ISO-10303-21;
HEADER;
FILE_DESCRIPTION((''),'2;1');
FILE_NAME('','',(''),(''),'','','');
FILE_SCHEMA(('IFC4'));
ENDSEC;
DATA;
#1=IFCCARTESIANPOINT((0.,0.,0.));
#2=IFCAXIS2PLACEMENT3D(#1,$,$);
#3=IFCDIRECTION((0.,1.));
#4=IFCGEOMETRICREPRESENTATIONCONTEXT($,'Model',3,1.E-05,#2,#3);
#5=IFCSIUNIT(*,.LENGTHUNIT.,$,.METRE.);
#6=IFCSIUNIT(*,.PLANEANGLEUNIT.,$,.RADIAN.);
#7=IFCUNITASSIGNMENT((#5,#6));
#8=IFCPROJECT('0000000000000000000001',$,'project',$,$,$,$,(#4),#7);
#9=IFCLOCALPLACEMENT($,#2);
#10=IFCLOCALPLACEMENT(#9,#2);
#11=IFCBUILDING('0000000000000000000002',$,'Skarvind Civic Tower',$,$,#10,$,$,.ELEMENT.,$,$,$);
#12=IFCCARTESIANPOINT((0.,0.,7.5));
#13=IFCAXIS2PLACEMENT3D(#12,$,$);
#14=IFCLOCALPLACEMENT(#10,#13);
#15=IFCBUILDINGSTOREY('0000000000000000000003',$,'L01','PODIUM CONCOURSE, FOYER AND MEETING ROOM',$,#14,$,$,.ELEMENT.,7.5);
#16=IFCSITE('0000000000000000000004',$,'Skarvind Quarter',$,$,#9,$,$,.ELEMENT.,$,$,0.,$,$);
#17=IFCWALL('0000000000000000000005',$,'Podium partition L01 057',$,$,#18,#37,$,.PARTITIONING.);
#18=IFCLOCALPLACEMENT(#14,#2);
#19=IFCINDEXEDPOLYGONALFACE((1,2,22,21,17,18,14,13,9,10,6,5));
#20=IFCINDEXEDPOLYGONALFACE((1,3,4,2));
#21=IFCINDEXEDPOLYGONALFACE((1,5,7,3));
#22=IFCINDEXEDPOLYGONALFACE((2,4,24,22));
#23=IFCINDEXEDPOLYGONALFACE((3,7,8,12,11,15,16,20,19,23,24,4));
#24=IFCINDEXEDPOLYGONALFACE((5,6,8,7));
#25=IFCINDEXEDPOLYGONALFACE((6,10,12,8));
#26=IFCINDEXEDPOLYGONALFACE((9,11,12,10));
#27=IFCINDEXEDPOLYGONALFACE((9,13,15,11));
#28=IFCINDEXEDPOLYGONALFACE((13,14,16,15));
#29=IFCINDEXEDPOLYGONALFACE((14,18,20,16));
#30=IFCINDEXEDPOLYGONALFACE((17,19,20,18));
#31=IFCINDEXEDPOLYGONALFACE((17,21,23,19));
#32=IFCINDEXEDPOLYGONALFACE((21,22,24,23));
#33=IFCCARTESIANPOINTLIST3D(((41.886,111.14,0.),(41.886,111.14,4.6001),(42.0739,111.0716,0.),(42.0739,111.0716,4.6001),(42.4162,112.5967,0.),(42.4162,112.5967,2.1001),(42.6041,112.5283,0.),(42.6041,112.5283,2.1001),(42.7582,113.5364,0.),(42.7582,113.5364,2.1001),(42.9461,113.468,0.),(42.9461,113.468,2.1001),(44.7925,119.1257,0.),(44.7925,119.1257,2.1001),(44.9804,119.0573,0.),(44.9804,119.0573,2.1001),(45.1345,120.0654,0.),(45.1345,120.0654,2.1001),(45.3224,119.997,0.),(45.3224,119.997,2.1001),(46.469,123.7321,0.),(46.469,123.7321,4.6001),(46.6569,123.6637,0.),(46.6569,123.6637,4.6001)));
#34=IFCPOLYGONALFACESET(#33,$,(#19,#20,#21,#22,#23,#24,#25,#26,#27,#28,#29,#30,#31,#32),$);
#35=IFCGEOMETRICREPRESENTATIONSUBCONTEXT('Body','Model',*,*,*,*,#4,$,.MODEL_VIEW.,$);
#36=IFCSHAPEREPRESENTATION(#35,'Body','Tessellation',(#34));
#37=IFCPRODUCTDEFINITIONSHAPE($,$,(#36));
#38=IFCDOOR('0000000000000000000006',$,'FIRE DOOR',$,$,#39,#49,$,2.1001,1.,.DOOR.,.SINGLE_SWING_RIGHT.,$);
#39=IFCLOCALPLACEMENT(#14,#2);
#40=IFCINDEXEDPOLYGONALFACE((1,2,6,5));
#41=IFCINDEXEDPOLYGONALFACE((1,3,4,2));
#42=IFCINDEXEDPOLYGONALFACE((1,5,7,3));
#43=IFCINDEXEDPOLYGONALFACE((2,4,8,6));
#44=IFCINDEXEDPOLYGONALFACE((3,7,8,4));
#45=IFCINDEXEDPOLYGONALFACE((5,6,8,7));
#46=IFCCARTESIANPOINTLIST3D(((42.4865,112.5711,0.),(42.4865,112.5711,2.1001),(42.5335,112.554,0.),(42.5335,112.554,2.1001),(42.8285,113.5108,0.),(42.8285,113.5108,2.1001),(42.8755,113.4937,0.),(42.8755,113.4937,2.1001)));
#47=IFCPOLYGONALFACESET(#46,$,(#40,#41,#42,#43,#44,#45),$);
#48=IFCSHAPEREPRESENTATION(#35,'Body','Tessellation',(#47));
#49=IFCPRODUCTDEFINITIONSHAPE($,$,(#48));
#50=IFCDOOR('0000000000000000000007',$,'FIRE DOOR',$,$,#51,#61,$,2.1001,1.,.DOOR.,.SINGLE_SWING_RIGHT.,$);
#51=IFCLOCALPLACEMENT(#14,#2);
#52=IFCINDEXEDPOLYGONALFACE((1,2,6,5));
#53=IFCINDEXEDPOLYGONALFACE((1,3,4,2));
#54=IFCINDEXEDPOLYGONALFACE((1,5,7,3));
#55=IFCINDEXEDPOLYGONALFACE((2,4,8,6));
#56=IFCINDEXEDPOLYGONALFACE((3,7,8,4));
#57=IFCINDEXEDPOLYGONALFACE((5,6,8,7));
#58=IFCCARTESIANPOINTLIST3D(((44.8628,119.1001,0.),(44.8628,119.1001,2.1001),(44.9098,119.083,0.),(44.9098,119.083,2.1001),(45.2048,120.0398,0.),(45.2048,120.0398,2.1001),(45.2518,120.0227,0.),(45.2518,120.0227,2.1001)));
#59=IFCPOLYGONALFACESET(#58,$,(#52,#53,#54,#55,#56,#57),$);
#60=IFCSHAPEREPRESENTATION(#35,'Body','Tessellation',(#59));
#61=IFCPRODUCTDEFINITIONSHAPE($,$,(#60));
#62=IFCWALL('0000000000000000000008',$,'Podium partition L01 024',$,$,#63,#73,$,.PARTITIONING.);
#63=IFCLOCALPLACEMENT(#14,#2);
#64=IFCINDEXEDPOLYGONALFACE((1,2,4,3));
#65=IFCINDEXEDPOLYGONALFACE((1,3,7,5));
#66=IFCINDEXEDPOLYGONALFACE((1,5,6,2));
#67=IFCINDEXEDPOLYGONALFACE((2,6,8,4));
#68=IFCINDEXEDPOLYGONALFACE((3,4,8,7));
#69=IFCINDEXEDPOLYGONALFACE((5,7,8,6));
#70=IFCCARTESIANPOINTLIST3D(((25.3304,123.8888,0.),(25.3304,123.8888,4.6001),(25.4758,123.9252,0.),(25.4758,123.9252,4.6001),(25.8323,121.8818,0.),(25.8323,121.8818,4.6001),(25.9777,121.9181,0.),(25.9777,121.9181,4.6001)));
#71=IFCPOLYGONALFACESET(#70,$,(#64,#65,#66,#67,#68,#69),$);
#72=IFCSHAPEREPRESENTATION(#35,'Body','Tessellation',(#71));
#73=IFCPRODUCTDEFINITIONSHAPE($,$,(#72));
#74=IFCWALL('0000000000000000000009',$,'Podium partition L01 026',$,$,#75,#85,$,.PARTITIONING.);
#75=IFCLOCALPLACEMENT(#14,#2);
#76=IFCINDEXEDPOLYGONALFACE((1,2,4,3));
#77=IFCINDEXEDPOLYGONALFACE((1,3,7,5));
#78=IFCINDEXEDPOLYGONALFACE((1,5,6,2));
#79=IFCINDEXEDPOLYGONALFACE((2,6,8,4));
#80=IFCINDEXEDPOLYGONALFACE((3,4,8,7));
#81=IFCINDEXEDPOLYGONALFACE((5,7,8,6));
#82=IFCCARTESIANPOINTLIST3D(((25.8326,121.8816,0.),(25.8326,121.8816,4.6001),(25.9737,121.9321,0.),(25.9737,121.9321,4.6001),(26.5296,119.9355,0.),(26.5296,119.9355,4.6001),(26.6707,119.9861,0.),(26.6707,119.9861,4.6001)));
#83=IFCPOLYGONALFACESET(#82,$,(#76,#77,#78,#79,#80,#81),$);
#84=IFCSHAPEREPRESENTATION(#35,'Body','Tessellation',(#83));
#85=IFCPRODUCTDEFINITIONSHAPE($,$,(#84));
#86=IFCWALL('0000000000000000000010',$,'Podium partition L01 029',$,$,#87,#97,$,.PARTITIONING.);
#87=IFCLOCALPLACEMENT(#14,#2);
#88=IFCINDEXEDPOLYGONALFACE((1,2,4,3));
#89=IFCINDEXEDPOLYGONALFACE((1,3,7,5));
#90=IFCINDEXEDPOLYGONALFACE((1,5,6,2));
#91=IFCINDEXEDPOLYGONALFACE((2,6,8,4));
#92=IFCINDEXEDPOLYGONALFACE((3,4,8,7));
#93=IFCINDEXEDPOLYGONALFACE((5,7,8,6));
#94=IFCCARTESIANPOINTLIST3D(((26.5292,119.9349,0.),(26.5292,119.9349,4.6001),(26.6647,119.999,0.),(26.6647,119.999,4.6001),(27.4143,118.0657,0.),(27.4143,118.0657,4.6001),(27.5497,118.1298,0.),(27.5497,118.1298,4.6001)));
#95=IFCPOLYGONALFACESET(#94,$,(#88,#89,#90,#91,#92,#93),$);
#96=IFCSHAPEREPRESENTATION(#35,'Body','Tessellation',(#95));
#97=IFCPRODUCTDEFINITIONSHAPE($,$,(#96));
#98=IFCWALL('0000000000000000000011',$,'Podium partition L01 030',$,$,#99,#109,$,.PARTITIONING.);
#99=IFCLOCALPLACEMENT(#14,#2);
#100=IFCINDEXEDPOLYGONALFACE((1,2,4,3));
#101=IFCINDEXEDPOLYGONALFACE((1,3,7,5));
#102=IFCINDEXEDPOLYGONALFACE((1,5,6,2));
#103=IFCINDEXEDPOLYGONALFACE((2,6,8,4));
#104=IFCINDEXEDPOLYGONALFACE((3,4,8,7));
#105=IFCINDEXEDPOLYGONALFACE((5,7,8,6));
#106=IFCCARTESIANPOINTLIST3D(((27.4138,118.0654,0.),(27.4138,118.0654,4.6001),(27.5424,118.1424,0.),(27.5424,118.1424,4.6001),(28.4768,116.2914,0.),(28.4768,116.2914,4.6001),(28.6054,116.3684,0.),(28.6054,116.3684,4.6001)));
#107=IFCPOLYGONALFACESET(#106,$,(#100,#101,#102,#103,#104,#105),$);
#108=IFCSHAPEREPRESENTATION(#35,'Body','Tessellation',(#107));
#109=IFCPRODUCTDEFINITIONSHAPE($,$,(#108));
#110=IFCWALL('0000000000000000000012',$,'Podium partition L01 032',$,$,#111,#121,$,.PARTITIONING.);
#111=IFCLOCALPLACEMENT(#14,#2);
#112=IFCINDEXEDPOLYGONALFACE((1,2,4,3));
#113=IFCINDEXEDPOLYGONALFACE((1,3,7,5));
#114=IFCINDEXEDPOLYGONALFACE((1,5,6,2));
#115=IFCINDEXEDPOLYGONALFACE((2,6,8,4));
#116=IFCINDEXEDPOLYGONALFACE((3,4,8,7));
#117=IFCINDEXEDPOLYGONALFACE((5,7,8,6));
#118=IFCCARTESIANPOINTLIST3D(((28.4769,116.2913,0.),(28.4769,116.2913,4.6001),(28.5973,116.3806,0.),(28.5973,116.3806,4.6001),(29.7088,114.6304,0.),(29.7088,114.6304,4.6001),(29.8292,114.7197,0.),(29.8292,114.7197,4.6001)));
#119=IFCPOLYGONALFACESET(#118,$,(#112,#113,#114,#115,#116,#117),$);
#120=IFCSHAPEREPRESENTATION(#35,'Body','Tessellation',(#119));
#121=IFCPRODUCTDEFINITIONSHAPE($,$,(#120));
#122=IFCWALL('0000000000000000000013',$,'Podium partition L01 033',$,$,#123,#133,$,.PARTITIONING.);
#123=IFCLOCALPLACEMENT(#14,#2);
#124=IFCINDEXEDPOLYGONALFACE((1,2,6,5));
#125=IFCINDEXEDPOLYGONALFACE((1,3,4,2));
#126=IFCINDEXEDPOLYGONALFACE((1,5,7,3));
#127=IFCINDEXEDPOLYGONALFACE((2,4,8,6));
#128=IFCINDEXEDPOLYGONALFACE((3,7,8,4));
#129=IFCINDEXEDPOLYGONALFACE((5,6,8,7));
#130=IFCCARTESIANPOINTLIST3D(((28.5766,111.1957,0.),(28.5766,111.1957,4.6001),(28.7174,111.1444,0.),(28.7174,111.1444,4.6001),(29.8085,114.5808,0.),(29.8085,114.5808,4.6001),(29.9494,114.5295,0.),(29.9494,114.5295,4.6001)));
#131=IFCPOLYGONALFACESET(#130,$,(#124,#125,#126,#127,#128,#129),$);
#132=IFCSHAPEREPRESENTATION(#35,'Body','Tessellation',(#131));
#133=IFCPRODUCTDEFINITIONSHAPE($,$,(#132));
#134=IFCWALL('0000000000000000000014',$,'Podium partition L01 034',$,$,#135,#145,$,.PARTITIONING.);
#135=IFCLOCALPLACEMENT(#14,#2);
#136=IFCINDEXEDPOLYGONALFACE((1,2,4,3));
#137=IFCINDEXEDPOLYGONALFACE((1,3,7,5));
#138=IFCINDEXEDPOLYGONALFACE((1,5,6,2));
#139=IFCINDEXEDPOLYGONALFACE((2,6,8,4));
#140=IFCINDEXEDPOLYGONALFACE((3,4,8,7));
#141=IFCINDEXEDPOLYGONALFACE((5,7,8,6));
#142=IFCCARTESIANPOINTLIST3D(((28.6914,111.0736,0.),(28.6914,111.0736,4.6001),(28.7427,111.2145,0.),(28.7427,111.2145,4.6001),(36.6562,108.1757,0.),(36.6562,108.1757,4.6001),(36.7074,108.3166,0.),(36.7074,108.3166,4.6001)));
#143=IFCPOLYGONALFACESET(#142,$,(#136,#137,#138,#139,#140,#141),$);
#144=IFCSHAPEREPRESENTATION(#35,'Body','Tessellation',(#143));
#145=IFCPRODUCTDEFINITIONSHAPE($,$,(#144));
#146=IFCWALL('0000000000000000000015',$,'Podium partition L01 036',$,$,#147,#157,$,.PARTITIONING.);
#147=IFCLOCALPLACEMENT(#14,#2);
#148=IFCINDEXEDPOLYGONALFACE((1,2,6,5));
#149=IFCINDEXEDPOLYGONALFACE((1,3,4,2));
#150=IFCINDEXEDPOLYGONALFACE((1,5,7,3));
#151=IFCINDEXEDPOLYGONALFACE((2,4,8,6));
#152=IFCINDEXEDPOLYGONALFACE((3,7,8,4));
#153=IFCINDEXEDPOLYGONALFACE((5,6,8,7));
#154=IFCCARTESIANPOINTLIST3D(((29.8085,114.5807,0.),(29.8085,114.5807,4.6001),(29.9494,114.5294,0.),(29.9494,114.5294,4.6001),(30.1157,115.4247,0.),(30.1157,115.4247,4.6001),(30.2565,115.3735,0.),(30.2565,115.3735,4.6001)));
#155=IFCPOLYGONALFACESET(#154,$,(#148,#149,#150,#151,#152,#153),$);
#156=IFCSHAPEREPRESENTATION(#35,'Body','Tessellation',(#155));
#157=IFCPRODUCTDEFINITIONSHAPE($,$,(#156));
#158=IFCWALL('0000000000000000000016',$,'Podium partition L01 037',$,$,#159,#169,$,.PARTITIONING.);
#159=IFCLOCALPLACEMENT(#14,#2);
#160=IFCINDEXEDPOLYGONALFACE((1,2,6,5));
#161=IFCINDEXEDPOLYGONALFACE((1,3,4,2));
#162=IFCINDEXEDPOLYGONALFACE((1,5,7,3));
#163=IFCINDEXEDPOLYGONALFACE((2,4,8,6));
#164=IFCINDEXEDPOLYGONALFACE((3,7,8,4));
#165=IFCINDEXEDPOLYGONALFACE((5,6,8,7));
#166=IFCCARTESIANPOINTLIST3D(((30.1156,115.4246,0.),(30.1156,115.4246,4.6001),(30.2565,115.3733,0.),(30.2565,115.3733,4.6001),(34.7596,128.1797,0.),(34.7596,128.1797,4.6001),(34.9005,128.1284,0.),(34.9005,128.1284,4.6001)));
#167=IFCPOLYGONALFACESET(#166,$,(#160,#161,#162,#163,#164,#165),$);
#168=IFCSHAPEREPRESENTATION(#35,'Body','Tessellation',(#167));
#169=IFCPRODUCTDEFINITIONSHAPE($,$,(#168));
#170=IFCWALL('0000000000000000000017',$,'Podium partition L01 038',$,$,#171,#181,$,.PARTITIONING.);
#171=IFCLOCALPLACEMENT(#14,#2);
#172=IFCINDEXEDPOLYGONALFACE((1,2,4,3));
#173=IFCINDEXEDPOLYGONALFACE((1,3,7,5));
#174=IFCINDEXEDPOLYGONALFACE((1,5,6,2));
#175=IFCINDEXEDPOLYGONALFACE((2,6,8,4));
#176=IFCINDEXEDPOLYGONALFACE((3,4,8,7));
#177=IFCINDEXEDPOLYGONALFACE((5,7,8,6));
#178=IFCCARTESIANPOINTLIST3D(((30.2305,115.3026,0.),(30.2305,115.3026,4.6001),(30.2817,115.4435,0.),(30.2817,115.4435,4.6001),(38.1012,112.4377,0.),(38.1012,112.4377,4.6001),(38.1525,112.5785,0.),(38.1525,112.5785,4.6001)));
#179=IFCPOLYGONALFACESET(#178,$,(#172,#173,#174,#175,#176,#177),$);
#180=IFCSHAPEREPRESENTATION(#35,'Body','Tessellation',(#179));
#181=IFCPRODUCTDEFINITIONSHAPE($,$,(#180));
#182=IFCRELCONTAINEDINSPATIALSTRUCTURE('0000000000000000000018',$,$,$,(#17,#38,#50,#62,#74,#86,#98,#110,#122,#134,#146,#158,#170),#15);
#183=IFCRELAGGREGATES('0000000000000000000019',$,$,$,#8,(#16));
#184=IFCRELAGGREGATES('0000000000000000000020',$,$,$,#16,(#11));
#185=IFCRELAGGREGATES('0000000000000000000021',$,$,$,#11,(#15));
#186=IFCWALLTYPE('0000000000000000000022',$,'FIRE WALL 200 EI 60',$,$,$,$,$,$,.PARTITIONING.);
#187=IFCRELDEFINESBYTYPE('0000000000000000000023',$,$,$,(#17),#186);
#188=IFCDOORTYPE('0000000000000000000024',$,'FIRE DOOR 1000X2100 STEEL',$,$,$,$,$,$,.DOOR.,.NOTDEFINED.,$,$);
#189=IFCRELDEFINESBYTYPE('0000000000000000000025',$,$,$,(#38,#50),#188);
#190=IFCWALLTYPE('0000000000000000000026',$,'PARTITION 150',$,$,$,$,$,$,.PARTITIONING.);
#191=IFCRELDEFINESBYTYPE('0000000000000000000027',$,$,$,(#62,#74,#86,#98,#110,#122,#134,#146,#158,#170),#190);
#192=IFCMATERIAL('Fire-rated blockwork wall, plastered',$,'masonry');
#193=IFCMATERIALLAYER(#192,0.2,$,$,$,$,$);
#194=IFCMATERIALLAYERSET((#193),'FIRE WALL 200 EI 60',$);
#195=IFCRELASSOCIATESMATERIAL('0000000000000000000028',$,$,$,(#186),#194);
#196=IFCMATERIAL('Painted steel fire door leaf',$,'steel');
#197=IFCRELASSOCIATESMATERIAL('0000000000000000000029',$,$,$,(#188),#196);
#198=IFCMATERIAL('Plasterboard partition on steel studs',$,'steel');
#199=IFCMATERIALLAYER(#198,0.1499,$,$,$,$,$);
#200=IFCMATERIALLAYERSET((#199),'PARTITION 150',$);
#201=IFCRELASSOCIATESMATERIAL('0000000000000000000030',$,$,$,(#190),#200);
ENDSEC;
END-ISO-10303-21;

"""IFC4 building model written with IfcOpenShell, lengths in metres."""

from ifc_helpers import new_model, si_unit, direction, frame, frame_2d, origin, place, context, subcontext, project, spatial, rectangle, extrude, material, layer, layer_set, type_object, element, fill, save


model = new_model("IFC4")

# Units and contexts
model_context = context("Model", 3, precision=1e-05, world=origin(), true_north=direction((0.0, 1.0)))
body_context = subcontext(model_context, "Body", "Model", "MODEL_VIEW")
ifc_project = project(units=[si_unit("LENGTHUNIT", "METRE"), si_unit("PLANEANGLEUNIT", "RADIAN")], contexts=[model_context])

# Site, building, storey
site_placement = place(None, origin())
site = spatial("IfcSite", under=ifc_project, at=site_placement, Name="Skarvind Quarter", CompositionType="ELEMENT", RefElevation=0.0)
building_placement = place(site_placement, origin())
building = spatial("IfcBuilding", under=site, at=building_placement, Name="Skarvind Civic Tower", CompositionType="ELEMENT")
storey_placement = place(building_placement, frame((0.0, 0.0, 7.5)))
storey = spatial("IfcBuildingStorey", under=building, at=storey_placement, Name="L01", Description="PODIUM CONCOURSE, FOYER AND MEETING ROOM", CompositionType="ELEMENT", Elevation=7.5)

# Shared definitions
ifc_material_1 = material(Name="Fire-rated blockwork wall, plastered", Category="masonry")
ifc_layer_1 = layer(ifc_material_1, 0.2)
ifc_layer_set_1 = layer_set([ifc_layer_1], Name="FIRE WALL 200 EI 60")
wall_type_1 = type_object("IfcWallType", Name="FIRE WALL 200 EI 60", PredefinedType="PARTITIONING", material=ifc_layer_set_1)
ifc_material_2 = material(Name="Painted steel fire door leaf", Category="steel")
door_type = type_object("IfcDoorType", Name="FIRE DOOR 1000X2100 STEEL", OperationType="NOTDEFINED", PredefinedType="DOOR", material=ifc_material_2)

# Wall, openings, doors
wall_1_placement = place(storey_placement, frame((46.563, 123.698, 0.0), z_axis=(0.0, 0.0, 1.0), x_axis=(-0.342012, -0.939696, 0.0)))
wall_1 = element("IfcWall", 1, at=wall_1_placement, inside=storey, type_object=wall_type_1, Name="Podium partition L01 057", PredefinedType="PARTITIONING", context=body_context, shape_type="SweptSolid", body=[
    extrude(rectangle(XDim=13.4001, YDim=0.2, at=frame_2d((6.7002, 0.0))), origin(), (0.0, 0.0, 1.0), 4.6001),
])
opening_1_placement = place(wall_1_placement, frame((10.8501, 0.0, 0.0)))
opening_1 = element("IfcOpeningElement", 2, at=opening_1_placement, cuts=wall_1, PredefinedType="OPENING", context=body_context, shape_type="SweptSolid", body=[
    extrude(rectangle(XDim=1.0, YDim=2.1001, at=frame_2d((0.5, 1.05))), frame((0.0, 0.1099, 0.0), z_axis=(0.0, -1.0, 0.0), x_axis=(1.0, 0.0, 0.0)), (0.0, 0.0, 1.0), 0.22),
])
opening_2_placement = place(wall_1_placement, frame((3.9021, 0.0, 0.0)))
opening_2 = element("IfcOpeningElement", 3, at=opening_2_placement, cuts=wall_1, PredefinedType="OPENING", context=body_context, shape_type="SweptSolid", body=[
    extrude(rectangle(XDim=1.0, YDim=2.1001, at=frame_2d((0.5, 1.05))), frame((0.0, 0.1099, 0.0), z_axis=(0.0, -1.0, 0.0), x_axis=(1.0, 0.0, 0.0)), (0.0, 0.0, 1.0), 0.22),
])
door_1_placement = place(opening_1_placement, origin())
door_1 = element("IfcDoor", 4, at=door_1_placement, inside=storey, type_object=door_type, Name="FIRE DOOR", OperationType="SINGLE_SWING_RIGHT", OverallHeight=2.1001, OverallWidth=1.0, PredefinedType="DOOR", context=body_context, shape_type="SweptSolid", body=[
    extrude(rectangle(XDim=1.0, YDim=2.1001, at=frame_2d((0.5, 1.05))), frame((0.0, 0.0249, 0.0), z_axis=(0.0, -1.0, 0.0), x_axis=(1.0, 0.0, 0.0)), (0.0, 0.0, 1.0), 0.05),
])
fill(opening_1, door_1)
door_2_placement = place(opening_2_placement, origin())
door_2 = element("IfcDoor", 5, at=door_2_placement, inside=storey, type_object=door_type, Name="FIRE DOOR", OperationType="SINGLE_SWING_RIGHT", OverallHeight=2.1001, OverallWidth=1.0, PredefinedType="DOOR", context=body_context, shape_type="SweptSolid", body=[
    extrude(rectangle(XDim=1.0, YDim=2.1001, at=frame_2d((0.5, 1.05))), frame((0.0, 0.0249, 0.0), z_axis=(0.0, -1.0, 0.0), x_axis=(1.0, 0.0, 0.0)), (0.0, 0.0, 1.0), 0.05),
])
fill(opening_2, door_2)

# Walls
ifc_material_3 = material(Name="Plasterboard partition on steel studs", Category="steel")
ifc_layer_2 = layer(ifc_material_3, 0.1499)
ifc_layer_set_2 = layer_set([ifc_layer_2], Name="PARTITION 150")
wall_type_2 = type_object("IfcWallType", Name="PARTITION 150", PredefinedType="PARTITIONING", material=ifc_layer_set_2)
wall_2_placement = place(storey_placement, frame((25.4031, 123.907, 0.0), z_axis=(0.0, 0.0, 1.0), x_axis=(0.242619, -0.970122, 0.0)))
element("IfcWall", 6, at=wall_2_placement, inside=storey, type_object=wall_type_2, Name="Podium partition L01 024", PredefinedType="PARTITIONING", context=body_context, shape_type="SweptSolid", body=[
    extrude(rectangle(XDim=2.0688, YDim=0.1499, at=frame_2d((1.0344, 0.0))), origin(), (0.0, 0.0, 1.0), 4.6001),
])
wall_3_placement = place(storey_placement, frame((25.9031, 121.907, 0.0), z_axis=(0.0, 0.0, 1.0), x_axis=(0.337197, -0.941434, 0.0)))
element("IfcWall", 7, at=wall_3_placement, inside=storey, type_object=wall_type_2, Name="Podium partition L01 026", PredefinedType="PARTITIONING", context=body_context, shape_type="SweptSolid", body=[
    extrude(rectangle(XDim=2.0671, YDim=0.1499, at=frame_2d((1.0337, 0.0))), origin(), (0.0, 0.0, 1.0), 4.6001),
])
for number, where, z_axis, x_axis, name in (
    (8, (26.5969, 119.967, 0.0), (0.0, 0.0, 1.0), (0.427939, -0.903808, 0.0), "Podium partition L01 029"),
    (9, (27.478, 118.104, 0.0), (0.0, 0.0, 1.0), (0.51401, -0.857784, 0.0), "Podium partition L01 030"),
):
    element("IfcWall", number, at=place(storey_placement, frame(where, z_axis=z_axis, x_axis=x_axis)), inside=storey, type_object=wall_type_2, Name=name, PredefinedType="PARTITIONING", context=body_context, shape_type="SweptSolid", body=[
        extrude(rectangle(XDim=2.0681, YDim=0.1499, at=frame_2d((1.0342, 0.0))), origin(), (0.0, 0.0, 1.0), 4.6001),
    ])
wall_4_placement = place(storey_placement, frame((28.5371, 116.3359, 0.0), z_axis=(0.0, 0.0, 1.0), x_axis=(0.595741, -0.803176, 0.0)))
element("IfcWall", 10, at=wall_4_placement, inside=storey, type_object=wall_type_2, Name="Podium partition L01 032", PredefinedType="PARTITIONING", context=body_context, shape_type="SweptSolid", body=[
    extrude(rectangle(XDim=2.0679, YDim=0.1499, at=frame_2d((1.0339, 0.0))), origin(), (0.0, 0.0, 1.0), 4.6001),
])
wall_5_placement = place(storey_placement, frame((28.647, 111.1699, 0.0), z_axis=(0.0, 0.0, 1.0), x_axis=(0.341993, 0.939702, 0.0)))
element("IfcWall", 11, at=wall_5_placement, inside=storey, type_object=wall_type_2, Name="Podium partition L01 033", PredefinedType="PARTITIONING", context=body_context, shape_type="SweptSolid", body=[
    extrude(rectangle(XDim=3.6023, YDim=0.1499, at=frame_2d((1.8013, 0.0))), origin(), (0.0, 0.0, 1.0), 4.6001),
])
wall_6_placement = place(storey_placement, frame((28.717, 111.144, 0.0), z_axis=(0.0, 0.0, 1.0), x_axis=(0.939731, -0.341914, 0.0)))
element("IfcWall", 12, at=wall_6_placement, inside=storey, type_object=wall_type_2, Name="Podium partition L01 034", PredefinedType="PARTITIONING", context=body_context, shape_type="SweptSolid", body=[
    extrude(rectangle(XDim=8.4756, YDim=0.1499, at=frame_2d((4.2378, 0.0))), origin(), (0.0, 0.0, 1.0), 4.6001),
])
wall_7_placement = place(storey_placement, frame((29.8789, 114.5549, 0.0), z_axis=(0.0, 0.0, 1.0), x_axis=(0.341961, 0.939714, 0.0)))
element("IfcWall", 13, at=wall_7_placement, inside=storey, type_object=wall_type_2, Name="Podium partition L01 036", PredefinedType="PARTITIONING", context=body_context, shape_type="SweptSolid", body=[
    extrude(rectangle(XDim=0.8982, YDim=0.1499, at=frame_2d((0.4492, 0.0))), origin(), (0.0, 0.0, 1.0), 4.6001),
])
wall_8_placement = place(storey_placement, frame((30.186, 115.3989, 0.0), z_axis=(0.0, 0.0, 1.0), x_axis=(0.342121, 0.939656, 0.0)))
element("IfcWall", 14, at=wall_8_placement, inside=storey, type_object=wall_type_2, Name="Podium partition L01 037", PredefinedType="PARTITIONING", context=body_context, shape_type="SweptSolid", body=[
    extrude(rectangle(XDim=13.5742, YDim=0.1499, at=frame_2d((6.7871, 0.0))), origin(), (0.0, 0.0, 1.0), 4.6001),
])
wall_9_placement = place(storey_placement, frame((30.2561, 115.373, 0.0), z_axis=(0.0, 0.0, 1.0), x_axis=(0.939684, -0.342045, 0.0)))
element("IfcWall", 15, at=wall_9_placement, inside=storey, type_object=wall_type_2, Name="Podium partition L01 038", PredefinedType="PARTITIONING", context=body_context, shape_type="SweptSolid", body=[
    extrude(rectangle(XDim=8.376, YDim=0.1499, at=frame_2d((4.188, 0.0))), origin(), (0.0, 0.0, 1.0), 4.6001),
])

save(model, "model.ifc")
